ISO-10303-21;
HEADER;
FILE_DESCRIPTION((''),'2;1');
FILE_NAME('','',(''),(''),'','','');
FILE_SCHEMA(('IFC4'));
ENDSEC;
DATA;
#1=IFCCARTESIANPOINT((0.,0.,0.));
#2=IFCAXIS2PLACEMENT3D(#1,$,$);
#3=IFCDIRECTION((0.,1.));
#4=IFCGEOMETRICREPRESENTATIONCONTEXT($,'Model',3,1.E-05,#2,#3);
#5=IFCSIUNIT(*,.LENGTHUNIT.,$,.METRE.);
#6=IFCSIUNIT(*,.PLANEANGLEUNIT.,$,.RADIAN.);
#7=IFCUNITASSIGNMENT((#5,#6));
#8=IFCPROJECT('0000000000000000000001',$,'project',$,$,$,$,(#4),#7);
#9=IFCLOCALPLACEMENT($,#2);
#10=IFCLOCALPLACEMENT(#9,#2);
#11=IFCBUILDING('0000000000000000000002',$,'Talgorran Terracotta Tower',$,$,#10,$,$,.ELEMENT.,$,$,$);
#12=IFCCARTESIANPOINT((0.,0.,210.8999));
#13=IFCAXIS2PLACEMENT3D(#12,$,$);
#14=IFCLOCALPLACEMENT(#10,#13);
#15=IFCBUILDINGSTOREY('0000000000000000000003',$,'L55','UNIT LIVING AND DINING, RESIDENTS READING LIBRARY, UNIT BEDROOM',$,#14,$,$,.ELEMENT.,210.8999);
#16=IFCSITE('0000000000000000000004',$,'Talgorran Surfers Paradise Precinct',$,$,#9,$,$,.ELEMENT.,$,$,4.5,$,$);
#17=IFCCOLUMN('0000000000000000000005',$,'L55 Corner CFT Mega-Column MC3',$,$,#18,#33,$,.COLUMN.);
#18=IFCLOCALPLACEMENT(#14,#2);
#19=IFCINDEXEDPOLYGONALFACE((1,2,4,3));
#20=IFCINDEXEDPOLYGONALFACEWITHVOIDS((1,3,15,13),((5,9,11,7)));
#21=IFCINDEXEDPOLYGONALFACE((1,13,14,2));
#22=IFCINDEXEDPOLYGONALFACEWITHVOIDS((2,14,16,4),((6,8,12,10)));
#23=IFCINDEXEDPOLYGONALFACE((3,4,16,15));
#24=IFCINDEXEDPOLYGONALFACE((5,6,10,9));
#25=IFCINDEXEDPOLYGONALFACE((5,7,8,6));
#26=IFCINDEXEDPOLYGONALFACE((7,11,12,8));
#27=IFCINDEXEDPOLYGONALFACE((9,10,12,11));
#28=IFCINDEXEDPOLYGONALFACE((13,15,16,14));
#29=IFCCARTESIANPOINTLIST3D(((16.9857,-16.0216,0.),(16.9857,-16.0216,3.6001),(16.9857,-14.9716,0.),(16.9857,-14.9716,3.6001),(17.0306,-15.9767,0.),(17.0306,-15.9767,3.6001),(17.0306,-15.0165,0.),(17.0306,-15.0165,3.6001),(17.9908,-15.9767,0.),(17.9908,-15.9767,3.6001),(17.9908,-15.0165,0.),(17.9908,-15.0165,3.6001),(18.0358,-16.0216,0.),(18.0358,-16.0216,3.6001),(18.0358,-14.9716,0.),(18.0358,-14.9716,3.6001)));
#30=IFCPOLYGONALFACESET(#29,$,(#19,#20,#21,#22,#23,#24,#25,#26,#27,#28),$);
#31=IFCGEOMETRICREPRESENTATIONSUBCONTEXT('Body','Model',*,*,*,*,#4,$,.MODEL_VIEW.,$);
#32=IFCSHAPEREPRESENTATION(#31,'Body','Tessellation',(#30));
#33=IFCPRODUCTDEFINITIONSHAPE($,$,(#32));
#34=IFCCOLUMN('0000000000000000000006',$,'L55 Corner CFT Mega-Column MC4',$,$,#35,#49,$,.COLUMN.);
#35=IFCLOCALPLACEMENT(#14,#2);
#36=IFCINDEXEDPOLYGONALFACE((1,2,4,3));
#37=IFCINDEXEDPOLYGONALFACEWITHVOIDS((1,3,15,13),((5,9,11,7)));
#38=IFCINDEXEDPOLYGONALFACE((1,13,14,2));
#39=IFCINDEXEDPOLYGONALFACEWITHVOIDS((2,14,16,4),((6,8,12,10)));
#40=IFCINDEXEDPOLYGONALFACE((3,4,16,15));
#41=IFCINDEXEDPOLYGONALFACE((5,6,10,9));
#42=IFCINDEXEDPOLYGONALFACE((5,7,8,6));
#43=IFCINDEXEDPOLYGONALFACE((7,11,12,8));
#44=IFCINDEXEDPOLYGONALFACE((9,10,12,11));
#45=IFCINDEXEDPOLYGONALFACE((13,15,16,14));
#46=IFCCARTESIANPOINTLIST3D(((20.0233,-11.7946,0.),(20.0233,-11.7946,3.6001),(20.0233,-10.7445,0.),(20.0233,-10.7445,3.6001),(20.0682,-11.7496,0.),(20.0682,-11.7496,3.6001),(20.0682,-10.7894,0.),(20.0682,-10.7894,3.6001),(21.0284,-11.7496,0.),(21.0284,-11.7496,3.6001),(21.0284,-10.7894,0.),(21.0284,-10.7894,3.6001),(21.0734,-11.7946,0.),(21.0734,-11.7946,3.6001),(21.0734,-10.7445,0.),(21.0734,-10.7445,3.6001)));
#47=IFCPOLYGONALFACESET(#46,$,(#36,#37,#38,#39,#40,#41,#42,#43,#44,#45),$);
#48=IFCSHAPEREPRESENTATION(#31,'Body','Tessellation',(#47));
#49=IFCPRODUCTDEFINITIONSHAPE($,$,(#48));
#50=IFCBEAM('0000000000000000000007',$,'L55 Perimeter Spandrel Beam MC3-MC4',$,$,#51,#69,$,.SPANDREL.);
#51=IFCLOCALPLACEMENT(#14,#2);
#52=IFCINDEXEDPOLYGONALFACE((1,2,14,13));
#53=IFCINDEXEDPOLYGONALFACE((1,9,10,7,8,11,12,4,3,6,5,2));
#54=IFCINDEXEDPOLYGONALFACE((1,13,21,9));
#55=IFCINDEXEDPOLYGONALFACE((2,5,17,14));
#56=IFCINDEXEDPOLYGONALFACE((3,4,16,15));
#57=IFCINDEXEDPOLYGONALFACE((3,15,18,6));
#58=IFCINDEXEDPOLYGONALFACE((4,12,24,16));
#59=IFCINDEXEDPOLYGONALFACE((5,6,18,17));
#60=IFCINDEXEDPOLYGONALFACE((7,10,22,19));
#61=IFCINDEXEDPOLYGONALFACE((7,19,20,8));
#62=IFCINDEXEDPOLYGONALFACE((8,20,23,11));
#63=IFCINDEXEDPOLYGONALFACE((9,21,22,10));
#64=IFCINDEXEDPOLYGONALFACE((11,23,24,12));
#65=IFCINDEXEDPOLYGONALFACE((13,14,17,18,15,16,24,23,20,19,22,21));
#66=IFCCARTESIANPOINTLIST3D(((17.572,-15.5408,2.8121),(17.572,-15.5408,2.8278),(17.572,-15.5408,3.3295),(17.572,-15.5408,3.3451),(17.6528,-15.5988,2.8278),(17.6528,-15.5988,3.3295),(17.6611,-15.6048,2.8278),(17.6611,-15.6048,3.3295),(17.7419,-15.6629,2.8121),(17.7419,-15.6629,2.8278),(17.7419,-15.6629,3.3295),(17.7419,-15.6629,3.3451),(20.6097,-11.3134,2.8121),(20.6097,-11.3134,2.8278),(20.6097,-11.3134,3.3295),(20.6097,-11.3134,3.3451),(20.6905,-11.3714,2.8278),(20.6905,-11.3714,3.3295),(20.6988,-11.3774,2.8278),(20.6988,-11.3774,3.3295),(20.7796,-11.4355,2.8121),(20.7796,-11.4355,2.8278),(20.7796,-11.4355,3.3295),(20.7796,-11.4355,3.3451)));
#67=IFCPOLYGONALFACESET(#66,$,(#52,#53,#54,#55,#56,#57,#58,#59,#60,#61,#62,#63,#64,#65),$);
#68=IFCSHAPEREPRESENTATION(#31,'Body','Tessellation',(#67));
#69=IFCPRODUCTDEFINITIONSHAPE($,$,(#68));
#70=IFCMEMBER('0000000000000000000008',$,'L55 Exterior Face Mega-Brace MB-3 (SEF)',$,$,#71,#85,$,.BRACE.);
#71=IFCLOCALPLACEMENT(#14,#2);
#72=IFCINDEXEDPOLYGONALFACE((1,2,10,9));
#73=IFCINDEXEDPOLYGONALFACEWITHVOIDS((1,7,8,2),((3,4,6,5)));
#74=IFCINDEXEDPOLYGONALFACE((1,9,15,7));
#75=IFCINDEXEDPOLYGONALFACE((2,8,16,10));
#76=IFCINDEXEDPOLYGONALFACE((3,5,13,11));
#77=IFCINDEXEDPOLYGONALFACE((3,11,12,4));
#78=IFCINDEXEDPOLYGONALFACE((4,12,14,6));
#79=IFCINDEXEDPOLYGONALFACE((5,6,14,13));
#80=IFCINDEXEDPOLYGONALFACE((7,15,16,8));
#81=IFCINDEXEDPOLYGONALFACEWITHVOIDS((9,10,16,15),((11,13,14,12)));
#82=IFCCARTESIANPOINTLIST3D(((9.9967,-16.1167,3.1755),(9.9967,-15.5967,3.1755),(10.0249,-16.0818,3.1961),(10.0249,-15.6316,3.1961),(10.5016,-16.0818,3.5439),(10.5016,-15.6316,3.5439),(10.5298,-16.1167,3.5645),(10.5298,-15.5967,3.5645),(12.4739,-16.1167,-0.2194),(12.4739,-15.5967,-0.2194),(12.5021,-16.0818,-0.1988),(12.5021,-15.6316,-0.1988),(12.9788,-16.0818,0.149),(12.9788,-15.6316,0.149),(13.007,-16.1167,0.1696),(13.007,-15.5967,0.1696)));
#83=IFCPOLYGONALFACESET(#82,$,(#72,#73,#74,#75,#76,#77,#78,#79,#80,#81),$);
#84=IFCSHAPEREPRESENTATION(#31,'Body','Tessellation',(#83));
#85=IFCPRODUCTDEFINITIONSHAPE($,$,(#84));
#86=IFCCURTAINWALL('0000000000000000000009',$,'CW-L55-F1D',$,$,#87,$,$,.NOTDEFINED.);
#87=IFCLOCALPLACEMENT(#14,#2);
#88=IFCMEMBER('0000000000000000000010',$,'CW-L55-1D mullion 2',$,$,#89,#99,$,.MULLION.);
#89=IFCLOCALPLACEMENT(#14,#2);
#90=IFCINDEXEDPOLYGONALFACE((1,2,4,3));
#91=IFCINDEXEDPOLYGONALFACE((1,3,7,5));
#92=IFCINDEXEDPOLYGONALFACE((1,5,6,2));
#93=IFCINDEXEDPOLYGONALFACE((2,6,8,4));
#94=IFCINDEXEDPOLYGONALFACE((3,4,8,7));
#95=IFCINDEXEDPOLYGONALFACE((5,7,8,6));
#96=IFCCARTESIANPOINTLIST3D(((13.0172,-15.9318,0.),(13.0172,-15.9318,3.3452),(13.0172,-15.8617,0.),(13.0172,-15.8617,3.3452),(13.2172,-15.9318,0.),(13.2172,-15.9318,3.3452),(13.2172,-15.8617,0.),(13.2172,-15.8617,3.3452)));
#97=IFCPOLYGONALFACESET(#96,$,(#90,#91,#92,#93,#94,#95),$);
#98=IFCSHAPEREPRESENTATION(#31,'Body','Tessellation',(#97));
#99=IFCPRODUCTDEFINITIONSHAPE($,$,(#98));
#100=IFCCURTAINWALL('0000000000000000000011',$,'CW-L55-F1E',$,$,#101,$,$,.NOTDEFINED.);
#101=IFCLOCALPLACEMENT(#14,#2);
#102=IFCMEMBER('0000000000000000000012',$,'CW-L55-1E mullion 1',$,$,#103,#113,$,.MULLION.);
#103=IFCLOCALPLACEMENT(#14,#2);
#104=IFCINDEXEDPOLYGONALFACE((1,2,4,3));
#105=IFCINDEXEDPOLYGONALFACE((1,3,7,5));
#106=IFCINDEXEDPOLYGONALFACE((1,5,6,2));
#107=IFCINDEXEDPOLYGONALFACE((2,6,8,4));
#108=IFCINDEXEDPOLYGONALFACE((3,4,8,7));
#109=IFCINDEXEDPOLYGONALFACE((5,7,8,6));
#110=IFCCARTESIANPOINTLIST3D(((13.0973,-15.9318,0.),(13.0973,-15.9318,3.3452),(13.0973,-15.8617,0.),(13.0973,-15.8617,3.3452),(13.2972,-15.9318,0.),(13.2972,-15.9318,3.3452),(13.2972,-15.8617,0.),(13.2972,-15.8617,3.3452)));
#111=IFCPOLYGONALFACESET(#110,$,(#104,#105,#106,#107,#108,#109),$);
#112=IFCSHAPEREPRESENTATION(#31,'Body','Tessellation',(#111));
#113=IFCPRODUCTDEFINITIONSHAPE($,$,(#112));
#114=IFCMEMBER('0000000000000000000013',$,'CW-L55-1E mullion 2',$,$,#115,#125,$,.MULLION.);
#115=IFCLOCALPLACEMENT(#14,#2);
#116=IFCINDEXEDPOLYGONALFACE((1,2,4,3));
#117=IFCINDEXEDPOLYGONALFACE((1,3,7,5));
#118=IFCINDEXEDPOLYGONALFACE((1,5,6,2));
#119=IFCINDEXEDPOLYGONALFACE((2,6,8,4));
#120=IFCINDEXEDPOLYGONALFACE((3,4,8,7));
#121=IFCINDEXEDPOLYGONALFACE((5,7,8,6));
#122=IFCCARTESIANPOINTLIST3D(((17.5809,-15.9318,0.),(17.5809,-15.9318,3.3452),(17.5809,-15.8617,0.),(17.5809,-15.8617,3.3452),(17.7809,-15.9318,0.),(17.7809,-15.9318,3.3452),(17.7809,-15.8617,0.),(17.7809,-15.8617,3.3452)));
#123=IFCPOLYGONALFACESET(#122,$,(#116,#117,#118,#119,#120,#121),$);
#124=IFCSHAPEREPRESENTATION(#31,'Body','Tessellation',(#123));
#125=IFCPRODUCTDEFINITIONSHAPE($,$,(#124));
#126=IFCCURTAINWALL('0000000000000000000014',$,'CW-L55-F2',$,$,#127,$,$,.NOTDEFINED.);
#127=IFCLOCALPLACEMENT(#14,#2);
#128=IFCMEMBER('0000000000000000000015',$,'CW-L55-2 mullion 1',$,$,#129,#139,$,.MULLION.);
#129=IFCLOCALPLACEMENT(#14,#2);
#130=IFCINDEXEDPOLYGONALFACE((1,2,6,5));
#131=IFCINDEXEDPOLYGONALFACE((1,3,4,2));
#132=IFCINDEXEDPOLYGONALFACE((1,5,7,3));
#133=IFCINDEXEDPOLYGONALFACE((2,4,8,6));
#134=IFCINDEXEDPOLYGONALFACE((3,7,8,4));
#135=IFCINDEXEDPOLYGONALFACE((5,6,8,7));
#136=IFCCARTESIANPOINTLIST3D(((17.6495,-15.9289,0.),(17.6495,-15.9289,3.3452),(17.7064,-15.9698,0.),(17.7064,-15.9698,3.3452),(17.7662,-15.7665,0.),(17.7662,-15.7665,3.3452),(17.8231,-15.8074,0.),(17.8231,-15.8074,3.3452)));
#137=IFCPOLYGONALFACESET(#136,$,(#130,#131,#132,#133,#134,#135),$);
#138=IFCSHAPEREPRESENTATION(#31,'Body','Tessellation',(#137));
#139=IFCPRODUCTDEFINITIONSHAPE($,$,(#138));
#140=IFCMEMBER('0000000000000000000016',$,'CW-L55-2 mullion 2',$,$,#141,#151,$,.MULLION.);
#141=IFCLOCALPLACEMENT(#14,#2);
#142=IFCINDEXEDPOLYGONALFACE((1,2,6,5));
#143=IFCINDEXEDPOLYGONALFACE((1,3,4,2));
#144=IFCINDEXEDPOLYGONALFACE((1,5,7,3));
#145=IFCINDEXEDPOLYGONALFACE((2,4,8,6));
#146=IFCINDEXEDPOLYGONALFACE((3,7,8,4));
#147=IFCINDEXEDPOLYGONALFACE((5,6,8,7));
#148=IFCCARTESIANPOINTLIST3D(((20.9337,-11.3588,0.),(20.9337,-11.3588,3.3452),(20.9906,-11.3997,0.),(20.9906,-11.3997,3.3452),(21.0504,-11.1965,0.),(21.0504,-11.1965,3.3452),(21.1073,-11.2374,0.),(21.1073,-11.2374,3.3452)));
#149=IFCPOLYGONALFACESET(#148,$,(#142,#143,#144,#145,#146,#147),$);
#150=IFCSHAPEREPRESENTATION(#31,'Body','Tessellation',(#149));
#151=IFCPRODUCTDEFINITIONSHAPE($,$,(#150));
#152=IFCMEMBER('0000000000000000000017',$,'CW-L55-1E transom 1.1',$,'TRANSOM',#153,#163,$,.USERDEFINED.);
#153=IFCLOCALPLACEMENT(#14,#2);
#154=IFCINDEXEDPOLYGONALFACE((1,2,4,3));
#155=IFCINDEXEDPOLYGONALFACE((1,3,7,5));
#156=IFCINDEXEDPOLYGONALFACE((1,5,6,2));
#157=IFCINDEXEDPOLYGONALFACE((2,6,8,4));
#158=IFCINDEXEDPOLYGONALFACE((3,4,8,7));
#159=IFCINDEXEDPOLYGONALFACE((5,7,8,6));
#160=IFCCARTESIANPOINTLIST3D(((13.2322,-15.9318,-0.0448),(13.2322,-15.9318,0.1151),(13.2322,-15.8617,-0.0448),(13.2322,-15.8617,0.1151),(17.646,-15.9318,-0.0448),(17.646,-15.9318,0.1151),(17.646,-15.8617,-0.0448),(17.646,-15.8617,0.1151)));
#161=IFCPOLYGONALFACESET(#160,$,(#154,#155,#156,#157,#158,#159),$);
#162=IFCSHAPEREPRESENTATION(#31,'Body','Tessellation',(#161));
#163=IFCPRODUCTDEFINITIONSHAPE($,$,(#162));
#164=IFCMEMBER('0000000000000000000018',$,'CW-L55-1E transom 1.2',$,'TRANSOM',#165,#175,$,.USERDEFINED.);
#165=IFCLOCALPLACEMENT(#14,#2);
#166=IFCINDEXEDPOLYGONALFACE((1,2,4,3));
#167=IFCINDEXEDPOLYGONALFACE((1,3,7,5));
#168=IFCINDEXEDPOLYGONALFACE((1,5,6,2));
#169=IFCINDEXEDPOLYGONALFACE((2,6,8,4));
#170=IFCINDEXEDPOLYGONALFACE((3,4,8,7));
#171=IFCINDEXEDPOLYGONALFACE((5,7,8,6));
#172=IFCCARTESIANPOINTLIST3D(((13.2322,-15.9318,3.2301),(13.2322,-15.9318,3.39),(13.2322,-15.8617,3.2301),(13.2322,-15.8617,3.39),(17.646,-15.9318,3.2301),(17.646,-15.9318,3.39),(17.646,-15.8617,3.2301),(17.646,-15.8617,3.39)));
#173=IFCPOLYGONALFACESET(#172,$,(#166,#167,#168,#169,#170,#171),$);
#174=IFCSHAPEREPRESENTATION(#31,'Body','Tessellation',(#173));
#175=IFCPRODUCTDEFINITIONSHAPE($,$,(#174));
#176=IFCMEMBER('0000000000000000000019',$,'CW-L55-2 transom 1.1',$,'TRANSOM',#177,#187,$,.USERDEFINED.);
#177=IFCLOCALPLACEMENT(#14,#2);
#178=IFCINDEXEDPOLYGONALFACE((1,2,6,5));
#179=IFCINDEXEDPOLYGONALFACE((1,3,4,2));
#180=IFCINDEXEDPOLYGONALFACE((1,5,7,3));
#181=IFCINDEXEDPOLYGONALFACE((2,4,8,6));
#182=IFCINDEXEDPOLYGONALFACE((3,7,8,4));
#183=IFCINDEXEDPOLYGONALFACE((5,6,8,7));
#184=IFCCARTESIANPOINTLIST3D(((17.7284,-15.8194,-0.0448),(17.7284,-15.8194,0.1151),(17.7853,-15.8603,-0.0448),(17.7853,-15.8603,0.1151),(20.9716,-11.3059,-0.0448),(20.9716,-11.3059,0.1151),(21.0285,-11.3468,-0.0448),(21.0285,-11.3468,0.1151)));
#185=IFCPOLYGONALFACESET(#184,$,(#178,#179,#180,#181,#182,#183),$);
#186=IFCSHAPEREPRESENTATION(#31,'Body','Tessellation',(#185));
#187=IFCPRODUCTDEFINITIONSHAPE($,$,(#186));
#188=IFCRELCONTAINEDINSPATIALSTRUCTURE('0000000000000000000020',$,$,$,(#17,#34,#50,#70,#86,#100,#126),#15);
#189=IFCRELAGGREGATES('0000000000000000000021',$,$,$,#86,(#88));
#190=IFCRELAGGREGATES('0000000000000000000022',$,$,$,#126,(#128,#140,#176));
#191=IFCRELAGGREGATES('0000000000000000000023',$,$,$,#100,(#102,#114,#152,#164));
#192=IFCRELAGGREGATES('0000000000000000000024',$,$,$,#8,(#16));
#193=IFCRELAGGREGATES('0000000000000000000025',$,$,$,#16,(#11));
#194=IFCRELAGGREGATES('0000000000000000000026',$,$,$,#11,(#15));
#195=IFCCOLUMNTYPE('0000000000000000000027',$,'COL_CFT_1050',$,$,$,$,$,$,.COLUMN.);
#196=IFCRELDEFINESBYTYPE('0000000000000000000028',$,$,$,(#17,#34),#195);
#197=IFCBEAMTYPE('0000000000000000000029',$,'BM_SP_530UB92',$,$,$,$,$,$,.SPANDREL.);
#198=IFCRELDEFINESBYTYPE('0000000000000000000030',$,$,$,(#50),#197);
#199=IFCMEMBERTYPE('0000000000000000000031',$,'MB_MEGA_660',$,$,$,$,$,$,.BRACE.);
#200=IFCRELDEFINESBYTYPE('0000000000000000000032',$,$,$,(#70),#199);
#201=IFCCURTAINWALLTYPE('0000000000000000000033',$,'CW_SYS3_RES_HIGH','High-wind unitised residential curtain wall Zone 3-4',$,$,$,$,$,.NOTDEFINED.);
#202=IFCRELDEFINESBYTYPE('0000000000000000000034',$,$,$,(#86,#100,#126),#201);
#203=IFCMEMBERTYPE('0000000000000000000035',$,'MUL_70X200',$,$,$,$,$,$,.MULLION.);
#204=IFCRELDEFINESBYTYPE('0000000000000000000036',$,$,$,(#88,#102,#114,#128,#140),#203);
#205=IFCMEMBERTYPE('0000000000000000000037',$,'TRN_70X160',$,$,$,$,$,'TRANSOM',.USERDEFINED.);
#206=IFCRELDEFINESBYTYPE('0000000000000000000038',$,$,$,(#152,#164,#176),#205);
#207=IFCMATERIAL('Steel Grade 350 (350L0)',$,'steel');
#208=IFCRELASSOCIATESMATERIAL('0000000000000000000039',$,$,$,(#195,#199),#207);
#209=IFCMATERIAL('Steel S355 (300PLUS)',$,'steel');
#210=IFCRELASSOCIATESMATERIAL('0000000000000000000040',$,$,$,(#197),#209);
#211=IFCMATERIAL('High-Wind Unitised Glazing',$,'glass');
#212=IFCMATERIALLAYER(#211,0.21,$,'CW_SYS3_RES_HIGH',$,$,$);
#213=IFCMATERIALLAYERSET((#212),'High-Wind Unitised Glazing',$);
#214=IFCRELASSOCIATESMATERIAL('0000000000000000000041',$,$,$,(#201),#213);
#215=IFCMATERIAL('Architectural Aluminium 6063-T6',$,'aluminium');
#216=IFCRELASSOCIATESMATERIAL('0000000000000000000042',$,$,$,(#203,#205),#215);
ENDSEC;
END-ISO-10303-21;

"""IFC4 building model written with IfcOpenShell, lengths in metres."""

from ifc_helpers import new_model, si_unit, direction, frame, origin, origin_2d, place, context, subcontext, project, spatial, rectangle, hollow_rectangle, i_section, extrude, material, layer, layer_set, material_profile, profile_set, type_object, element, aggregate, save


model = new_model("IFC4")

# Units and contexts
model_context = context("Model", 3, precision=1e-05, world=origin(), true_north=direction((0.0, 1.0)))
body_context = subcontext(model_context, "Body", "Model", "MODEL_VIEW")
ifc_project = project(units=[si_unit("LENGTHUNIT", "METRE"), si_unit("PLANEANGLEUNIT", "RADIAN")], contexts=[model_context])

# Site, building, storey
site_placement = place(None, origin())
site = spatial("IfcSite", under=ifc_project, at=site_placement, Name="Talgorran Surfers Paradise Precinct", CompositionType="ELEMENT", RefElevation=4.5)
building_placement = place(site_placement, origin())
building = spatial("IfcBuilding", under=site, at=building_placement, Name="Talgorran Terracotta Tower", CompositionType="ELEMENT")
storey_placement = place(building_placement, frame((0.0, 0.0, 210.8999)))
storey = spatial("IfcBuildingStorey", under=building, at=storey_placement, Name="L55", Description="UNIT LIVING AND DINING, RESIDENTS READING LIBRARY, UNIT BEDROOM", CompositionType="ELEMENT", Elevation=210.8999)

# Columns
ifc_material_1 = material(Name="Steel Grade 350 (350L0)", Category="steel")
ifc_material_profile_1 = material_profile(ifc_material_1, hollow_rectangle(XDim=1.05, YDim=1.05, WallThickness=0.0449, at=origin_2d()), Name="CFT1050X1050X45")
ifc_profile_set_1 = profile_set([ifc_material_profile_1], Name="Steel Grade 350 (350L0)")
column_type = type_object("IfcColumnType", Name="COL_CFT_1050", PredefinedType="COLUMN", material=ifc_profile_set_1)
for number, where, z_axis, x_axis, name in (
    (1, (17.5107, -15.4966, 0.0), (0.0, 0.0, 1.0), (1.0, 0.0, 0.0), "L55 Corner CFT Mega-Column MC3"),
    (2, (20.5483, -11.2695, 0.0), (0.0, 0.0, 1.0), (1.0, 0.0, 0.0), "L55 Corner CFT Mega-Column MC4"),
):
    element("IfcColumn", number, at=place(storey_placement, frame(where, z_axis=z_axis, x_axis=x_axis)), inside=storey, type_object=column_type, Name=name, PredefinedType="COLUMN", context=body_context, shape_type="SweptSolid", body=[
        extrude(hollow_rectangle(XDim=1.05, YDim=1.05, WallThickness=0.0449, at=origin_2d()), origin(), (0.0, 0.0, 1.0), 3.6001),
    ])

# Beam
ifc_material_2 = material(Name="Steel S355 (300PLUS)", Category="steel")
ifc_material_profile_2 = material_profile(ifc_material_2, i_section(OverallWidth=0.2092, OverallDepth=0.533, WebThickness=0.0103, FlangeThickness=0.0156, at=origin_2d()), Name="530UB92.4")
ifc_profile_set_2 = profile_set([ifc_material_profile_2], Name="Steel S355 (300PLUS)")
beam_type = type_object("IfcBeamType", Name="BM_SP_530UB92", PredefinedType="SPANDREL", material=ifc_profile_set_2)
beam_placement = place(storey_placement, frame((17.657, -15.6018, 3.0786), z_axis=(0.583538, 0.812086, 0.0), x_axis=(-0.812086, 0.583538, 0.0)))
element("IfcBeam", 3, at=beam_placement, inside=storey, type_object=beam_type, Name="L55 Perimeter Spandrel Beam MC3-MC4", PredefinedType="SPANDREL", context=body_context, shape_type="SweptSolid", body=[
    extrude(i_section(OverallWidth=0.2092, OverallDepth=0.533, WebThickness=0.0103, FlangeThickness=0.0156, at=origin_2d()), origin(), (0.0, 0.0, 1.0), 5.2056),
])

# Member
ifc_material_profile_3 = material_profile(ifc_material_1, hollow_rectangle(XDim=0.52, YDim=0.6599, WallThickness=0.0349, at=origin_2d()), Name="WBOX660X520X35")
ifc_profile_set_3 = profile_set([ifc_material_profile_3], Name="Steel Grade 350 (350L0)")
member_type_1 = type_object("IfcMemberType", Name="MB_MEGA_660", PredefinedType="BRACE", material=ifc_profile_set_3)
member_1_placement = place(storey_placement, frame((12.7405, -15.8567, -0.0249), z_axis=(-0.589446, 0.0, 0.807808), x_axis=(0.0, -1.0, 0.0)))
element("IfcMember", 4, at=member_1_placement, inside=storey, type_object=member_type_1, Name="L55 Exterior Face Mega-Brace MB-3 (SEF)", PredefinedType="BRACE", context=body_context, shape_type="SweptSolid", body=[
    extrude(hollow_rectangle(XDim=0.52, YDim=0.6599, WallThickness=0.0349, at=origin_2d()), origin(), (0.0, 0.0, 1.0), 4.2026),
])

# Curtain wall, member
ifc_material_3 = material(Name="High-Wind Unitised Glazing", Category="glass")
ifc_layer_1 = layer(ifc_material_3, 0.21, Name="CW_SYS3_RES_HIGH")
ifc_layer_set_1 = layer_set([ifc_layer_1], Name="High-Wind Unitised Glazing")
curtain_wall_type = type_object("IfcCurtainWallType", Name="CW_SYS3_RES_HIGH", Description="High-wind unitised residential curtain wall Zone 3-4", PredefinedType="NOTDEFINED", material=ifc_layer_set_1)
curtain_wall_1_placement = place(storey_placement, origin())
curtain_wall_1 = element("IfcCurtainWall", 5, at=curtain_wall_1_placement, inside=storey, type_object=curtain_wall_type, Name="CW-L55-F1D", PredefinedType="NOTDEFINED")
ifc_material_4 = material(Name="Architectural Aluminium 6063-T6", Category="aluminium")
ifc_material_profile_4 = material_profile(ifc_material_4, rectangle(XDim=0.0701, YDim=0.2, at=origin_2d()), Name="CWM70X200")
ifc_profile_set_4 = profile_set([ifc_material_profile_4], Name="Architectural Aluminium 6063-T6")
member_type_2 = type_object("IfcMemberType", Name="MUL_70X200", PredefinedType="MULLION", material=ifc_profile_set_4)
member_2_placement = place(storey_placement, frame((13.1172, -15.8967, 0.0), z_axis=(0.0, 0.0, 1.0), x_axis=(0.0, 1.0, 0.0)))
member_2 = element("IfcMember", 6, at=member_2_placement, type_object=member_type_2, Name="CW-L55-1D mullion 2", PredefinedType="MULLION", context=body_context, shape_type="SweptSolid", body=[
    extrude(rectangle(XDim=0.0701, YDim=0.2, at=origin_2d()), origin(), (0.0, 0.0, 1.0), 3.3452),
])
aggregate(curtain_wall_1, [member_2])

# Curtain walls, members
curtain_wall_2_placement = place(storey_placement, origin())
curtain_wall_2 = element("IfcCurtainWall", 7, at=curtain_wall_2_placement, inside=storey, type_object=curtain_wall_type, Name="CW-L55-F1E", PredefinedType="NOTDEFINED")
member_3_placement = place(storey_placement, frame((13.1973, -15.8967, 0.0), z_axis=(0.0, 0.0, 1.0), x_axis=(0.0, 1.0, 0.0)))
member_3 = element("IfcMember", 8, at=member_3_placement, type_object=member_type_2, Name="CW-L55-1E mullion 1", PredefinedType="MULLION", context=body_context, shape_type="SweptSolid", body=[
    extrude(rectangle(XDim=0.0701, YDim=0.2, at=origin_2d()), origin(), (0.0, 0.0, 1.0), 3.3452),
])
member_4_placement = place(storey_placement, frame((17.6809, -15.8967, 0.0), z_axis=(0.0, 0.0, 1.0), x_axis=(0.0, 1.0, 0.0)))
member_4 = element("IfcMember", 9, at=member_4_placement, type_object=member_type_2, Name="CW-L55-1E mullion 2", PredefinedType="MULLION", context=body_context, shape_type="SweptSolid", body=[
    extrude(rectangle(XDim=0.0701, YDim=0.2, at=origin_2d()), origin(), (0.0, 0.0, 1.0), 3.3452),
])
curtain_wall_3_placement = place(storey_placement, origin())
curtain_wall_3 = element("IfcCurtainWall", 10, at=curtain_wall_3_placement, inside=storey, type_object=curtain_wall_type, Name="CW-L55-F2", PredefinedType="NOTDEFINED")
member_5_placement = place(storey_placement, frame((17.7363, -15.8682, 0.0), z_axis=(0.0, 0.0, 1.0), x_axis=(-0.812076, 0.583552, 0.0)))
member_5 = element("IfcMember", 11, at=member_5_placement, type_object=member_type_2, Name="CW-L55-2 mullion 1", PredefinedType="MULLION", context=body_context, shape_type="SweptSolid", body=[
    extrude(rectangle(XDim=0.0701, YDim=0.2, at=origin_2d()), origin(), (0.0, 0.0, 1.0), 3.3452),
])
member_6_placement = place(storey_placement, frame((21.0205, -11.2981, 0.0), z_axis=(0.0, 0.0, 1.0), x_axis=(-0.812076, 0.583552, 0.0)))
member_6 = element("IfcMember", 12, at=member_6_placement, type_object=member_type_2, Name="CW-L55-2 mullion 2", PredefinedType="MULLION", context=body_context, shape_type="SweptSolid", body=[
    extrude(rectangle(XDim=0.0701, YDim=0.2, at=origin_2d()), origin(), (0.0, 0.0, 1.0), 3.3452),
])

# Members
ifc_material_profile_5 = material_profile(ifc_material_4, rectangle(XDim=0.0701, YDim=0.1599, at=origin_2d()), Name="CWT70X160")
ifc_profile_set_5 = profile_set([ifc_material_profile_5], Name="Architectural Aluminium 6063-T6")
member_type_3 = type_object("IfcMemberType", Name="TRN_70X160", ElementType="TRANSOM", PredefinedType="USERDEFINED", material=ifc_profile_set_5)
member_7_placement = place(storey_placement, frame((13.2322, -15.8967, 0.0352), z_axis=(1.0, 0.0, 0.0), x_axis=(0.0, 1.0, 0.0)))
member_7 = element("IfcMember", 13, at=member_7_placement, type_object=member_type_3, Name="CW-L55-1E transom 1.1", ObjectType="TRANSOM", PredefinedType="USERDEFINED", context=body_context, shape_type="SweptSolid", body=[
    extrude(rectangle(XDim=0.0701, YDim=0.1599, at=origin_2d()), origin(), (0.0, 0.0, 1.0), 4.4138),
])
member_8_placement = place(storey_placement, frame((13.2322, -15.8967, 3.3101), z_axis=(1.0, 0.0, 0.0), x_axis=(0.0, 1.0, 0.0)))
member_8 = element("IfcMember", 14, at=member_8_placement, type_object=member_type_3, Name="CW-L55-1E transom 1.2", ObjectType="TRANSOM", PredefinedType="USERDEFINED", context=body_context, shape_type="SweptSolid", body=[
    extrude(rectangle(XDim=0.0701, YDim=0.1599, at=origin_2d()), origin(), (0.0, 0.0, 1.0), 4.4138),
])
member_9_placement = place(storey_placement, frame((17.7568, -15.8398, 0.0352), z_axis=(0.583534, 0.812089, 0.0), x_axis=(-0.812089, 0.583534, 0.0)))
member_9 = element("IfcMember", 15, at=member_9_placement, type_object=member_type_3, Name="CW-L55-2 transom 1.1", ObjectType="TRANSOM", PredefinedType="USERDEFINED", context=body_context, shape_type="SweptSolid", body=[
    extrude(rectangle(XDim=0.0701, YDim=0.1599, at=origin_2d()), origin(), (0.0, 0.0, 1.0), 5.5579),
])

aggregate(curtain_wall_3, [member_5, member_6, member_9])
aggregate(curtain_wall_2, [member_3, member_4, member_7, member_8])

save(model, "model.ifc")
